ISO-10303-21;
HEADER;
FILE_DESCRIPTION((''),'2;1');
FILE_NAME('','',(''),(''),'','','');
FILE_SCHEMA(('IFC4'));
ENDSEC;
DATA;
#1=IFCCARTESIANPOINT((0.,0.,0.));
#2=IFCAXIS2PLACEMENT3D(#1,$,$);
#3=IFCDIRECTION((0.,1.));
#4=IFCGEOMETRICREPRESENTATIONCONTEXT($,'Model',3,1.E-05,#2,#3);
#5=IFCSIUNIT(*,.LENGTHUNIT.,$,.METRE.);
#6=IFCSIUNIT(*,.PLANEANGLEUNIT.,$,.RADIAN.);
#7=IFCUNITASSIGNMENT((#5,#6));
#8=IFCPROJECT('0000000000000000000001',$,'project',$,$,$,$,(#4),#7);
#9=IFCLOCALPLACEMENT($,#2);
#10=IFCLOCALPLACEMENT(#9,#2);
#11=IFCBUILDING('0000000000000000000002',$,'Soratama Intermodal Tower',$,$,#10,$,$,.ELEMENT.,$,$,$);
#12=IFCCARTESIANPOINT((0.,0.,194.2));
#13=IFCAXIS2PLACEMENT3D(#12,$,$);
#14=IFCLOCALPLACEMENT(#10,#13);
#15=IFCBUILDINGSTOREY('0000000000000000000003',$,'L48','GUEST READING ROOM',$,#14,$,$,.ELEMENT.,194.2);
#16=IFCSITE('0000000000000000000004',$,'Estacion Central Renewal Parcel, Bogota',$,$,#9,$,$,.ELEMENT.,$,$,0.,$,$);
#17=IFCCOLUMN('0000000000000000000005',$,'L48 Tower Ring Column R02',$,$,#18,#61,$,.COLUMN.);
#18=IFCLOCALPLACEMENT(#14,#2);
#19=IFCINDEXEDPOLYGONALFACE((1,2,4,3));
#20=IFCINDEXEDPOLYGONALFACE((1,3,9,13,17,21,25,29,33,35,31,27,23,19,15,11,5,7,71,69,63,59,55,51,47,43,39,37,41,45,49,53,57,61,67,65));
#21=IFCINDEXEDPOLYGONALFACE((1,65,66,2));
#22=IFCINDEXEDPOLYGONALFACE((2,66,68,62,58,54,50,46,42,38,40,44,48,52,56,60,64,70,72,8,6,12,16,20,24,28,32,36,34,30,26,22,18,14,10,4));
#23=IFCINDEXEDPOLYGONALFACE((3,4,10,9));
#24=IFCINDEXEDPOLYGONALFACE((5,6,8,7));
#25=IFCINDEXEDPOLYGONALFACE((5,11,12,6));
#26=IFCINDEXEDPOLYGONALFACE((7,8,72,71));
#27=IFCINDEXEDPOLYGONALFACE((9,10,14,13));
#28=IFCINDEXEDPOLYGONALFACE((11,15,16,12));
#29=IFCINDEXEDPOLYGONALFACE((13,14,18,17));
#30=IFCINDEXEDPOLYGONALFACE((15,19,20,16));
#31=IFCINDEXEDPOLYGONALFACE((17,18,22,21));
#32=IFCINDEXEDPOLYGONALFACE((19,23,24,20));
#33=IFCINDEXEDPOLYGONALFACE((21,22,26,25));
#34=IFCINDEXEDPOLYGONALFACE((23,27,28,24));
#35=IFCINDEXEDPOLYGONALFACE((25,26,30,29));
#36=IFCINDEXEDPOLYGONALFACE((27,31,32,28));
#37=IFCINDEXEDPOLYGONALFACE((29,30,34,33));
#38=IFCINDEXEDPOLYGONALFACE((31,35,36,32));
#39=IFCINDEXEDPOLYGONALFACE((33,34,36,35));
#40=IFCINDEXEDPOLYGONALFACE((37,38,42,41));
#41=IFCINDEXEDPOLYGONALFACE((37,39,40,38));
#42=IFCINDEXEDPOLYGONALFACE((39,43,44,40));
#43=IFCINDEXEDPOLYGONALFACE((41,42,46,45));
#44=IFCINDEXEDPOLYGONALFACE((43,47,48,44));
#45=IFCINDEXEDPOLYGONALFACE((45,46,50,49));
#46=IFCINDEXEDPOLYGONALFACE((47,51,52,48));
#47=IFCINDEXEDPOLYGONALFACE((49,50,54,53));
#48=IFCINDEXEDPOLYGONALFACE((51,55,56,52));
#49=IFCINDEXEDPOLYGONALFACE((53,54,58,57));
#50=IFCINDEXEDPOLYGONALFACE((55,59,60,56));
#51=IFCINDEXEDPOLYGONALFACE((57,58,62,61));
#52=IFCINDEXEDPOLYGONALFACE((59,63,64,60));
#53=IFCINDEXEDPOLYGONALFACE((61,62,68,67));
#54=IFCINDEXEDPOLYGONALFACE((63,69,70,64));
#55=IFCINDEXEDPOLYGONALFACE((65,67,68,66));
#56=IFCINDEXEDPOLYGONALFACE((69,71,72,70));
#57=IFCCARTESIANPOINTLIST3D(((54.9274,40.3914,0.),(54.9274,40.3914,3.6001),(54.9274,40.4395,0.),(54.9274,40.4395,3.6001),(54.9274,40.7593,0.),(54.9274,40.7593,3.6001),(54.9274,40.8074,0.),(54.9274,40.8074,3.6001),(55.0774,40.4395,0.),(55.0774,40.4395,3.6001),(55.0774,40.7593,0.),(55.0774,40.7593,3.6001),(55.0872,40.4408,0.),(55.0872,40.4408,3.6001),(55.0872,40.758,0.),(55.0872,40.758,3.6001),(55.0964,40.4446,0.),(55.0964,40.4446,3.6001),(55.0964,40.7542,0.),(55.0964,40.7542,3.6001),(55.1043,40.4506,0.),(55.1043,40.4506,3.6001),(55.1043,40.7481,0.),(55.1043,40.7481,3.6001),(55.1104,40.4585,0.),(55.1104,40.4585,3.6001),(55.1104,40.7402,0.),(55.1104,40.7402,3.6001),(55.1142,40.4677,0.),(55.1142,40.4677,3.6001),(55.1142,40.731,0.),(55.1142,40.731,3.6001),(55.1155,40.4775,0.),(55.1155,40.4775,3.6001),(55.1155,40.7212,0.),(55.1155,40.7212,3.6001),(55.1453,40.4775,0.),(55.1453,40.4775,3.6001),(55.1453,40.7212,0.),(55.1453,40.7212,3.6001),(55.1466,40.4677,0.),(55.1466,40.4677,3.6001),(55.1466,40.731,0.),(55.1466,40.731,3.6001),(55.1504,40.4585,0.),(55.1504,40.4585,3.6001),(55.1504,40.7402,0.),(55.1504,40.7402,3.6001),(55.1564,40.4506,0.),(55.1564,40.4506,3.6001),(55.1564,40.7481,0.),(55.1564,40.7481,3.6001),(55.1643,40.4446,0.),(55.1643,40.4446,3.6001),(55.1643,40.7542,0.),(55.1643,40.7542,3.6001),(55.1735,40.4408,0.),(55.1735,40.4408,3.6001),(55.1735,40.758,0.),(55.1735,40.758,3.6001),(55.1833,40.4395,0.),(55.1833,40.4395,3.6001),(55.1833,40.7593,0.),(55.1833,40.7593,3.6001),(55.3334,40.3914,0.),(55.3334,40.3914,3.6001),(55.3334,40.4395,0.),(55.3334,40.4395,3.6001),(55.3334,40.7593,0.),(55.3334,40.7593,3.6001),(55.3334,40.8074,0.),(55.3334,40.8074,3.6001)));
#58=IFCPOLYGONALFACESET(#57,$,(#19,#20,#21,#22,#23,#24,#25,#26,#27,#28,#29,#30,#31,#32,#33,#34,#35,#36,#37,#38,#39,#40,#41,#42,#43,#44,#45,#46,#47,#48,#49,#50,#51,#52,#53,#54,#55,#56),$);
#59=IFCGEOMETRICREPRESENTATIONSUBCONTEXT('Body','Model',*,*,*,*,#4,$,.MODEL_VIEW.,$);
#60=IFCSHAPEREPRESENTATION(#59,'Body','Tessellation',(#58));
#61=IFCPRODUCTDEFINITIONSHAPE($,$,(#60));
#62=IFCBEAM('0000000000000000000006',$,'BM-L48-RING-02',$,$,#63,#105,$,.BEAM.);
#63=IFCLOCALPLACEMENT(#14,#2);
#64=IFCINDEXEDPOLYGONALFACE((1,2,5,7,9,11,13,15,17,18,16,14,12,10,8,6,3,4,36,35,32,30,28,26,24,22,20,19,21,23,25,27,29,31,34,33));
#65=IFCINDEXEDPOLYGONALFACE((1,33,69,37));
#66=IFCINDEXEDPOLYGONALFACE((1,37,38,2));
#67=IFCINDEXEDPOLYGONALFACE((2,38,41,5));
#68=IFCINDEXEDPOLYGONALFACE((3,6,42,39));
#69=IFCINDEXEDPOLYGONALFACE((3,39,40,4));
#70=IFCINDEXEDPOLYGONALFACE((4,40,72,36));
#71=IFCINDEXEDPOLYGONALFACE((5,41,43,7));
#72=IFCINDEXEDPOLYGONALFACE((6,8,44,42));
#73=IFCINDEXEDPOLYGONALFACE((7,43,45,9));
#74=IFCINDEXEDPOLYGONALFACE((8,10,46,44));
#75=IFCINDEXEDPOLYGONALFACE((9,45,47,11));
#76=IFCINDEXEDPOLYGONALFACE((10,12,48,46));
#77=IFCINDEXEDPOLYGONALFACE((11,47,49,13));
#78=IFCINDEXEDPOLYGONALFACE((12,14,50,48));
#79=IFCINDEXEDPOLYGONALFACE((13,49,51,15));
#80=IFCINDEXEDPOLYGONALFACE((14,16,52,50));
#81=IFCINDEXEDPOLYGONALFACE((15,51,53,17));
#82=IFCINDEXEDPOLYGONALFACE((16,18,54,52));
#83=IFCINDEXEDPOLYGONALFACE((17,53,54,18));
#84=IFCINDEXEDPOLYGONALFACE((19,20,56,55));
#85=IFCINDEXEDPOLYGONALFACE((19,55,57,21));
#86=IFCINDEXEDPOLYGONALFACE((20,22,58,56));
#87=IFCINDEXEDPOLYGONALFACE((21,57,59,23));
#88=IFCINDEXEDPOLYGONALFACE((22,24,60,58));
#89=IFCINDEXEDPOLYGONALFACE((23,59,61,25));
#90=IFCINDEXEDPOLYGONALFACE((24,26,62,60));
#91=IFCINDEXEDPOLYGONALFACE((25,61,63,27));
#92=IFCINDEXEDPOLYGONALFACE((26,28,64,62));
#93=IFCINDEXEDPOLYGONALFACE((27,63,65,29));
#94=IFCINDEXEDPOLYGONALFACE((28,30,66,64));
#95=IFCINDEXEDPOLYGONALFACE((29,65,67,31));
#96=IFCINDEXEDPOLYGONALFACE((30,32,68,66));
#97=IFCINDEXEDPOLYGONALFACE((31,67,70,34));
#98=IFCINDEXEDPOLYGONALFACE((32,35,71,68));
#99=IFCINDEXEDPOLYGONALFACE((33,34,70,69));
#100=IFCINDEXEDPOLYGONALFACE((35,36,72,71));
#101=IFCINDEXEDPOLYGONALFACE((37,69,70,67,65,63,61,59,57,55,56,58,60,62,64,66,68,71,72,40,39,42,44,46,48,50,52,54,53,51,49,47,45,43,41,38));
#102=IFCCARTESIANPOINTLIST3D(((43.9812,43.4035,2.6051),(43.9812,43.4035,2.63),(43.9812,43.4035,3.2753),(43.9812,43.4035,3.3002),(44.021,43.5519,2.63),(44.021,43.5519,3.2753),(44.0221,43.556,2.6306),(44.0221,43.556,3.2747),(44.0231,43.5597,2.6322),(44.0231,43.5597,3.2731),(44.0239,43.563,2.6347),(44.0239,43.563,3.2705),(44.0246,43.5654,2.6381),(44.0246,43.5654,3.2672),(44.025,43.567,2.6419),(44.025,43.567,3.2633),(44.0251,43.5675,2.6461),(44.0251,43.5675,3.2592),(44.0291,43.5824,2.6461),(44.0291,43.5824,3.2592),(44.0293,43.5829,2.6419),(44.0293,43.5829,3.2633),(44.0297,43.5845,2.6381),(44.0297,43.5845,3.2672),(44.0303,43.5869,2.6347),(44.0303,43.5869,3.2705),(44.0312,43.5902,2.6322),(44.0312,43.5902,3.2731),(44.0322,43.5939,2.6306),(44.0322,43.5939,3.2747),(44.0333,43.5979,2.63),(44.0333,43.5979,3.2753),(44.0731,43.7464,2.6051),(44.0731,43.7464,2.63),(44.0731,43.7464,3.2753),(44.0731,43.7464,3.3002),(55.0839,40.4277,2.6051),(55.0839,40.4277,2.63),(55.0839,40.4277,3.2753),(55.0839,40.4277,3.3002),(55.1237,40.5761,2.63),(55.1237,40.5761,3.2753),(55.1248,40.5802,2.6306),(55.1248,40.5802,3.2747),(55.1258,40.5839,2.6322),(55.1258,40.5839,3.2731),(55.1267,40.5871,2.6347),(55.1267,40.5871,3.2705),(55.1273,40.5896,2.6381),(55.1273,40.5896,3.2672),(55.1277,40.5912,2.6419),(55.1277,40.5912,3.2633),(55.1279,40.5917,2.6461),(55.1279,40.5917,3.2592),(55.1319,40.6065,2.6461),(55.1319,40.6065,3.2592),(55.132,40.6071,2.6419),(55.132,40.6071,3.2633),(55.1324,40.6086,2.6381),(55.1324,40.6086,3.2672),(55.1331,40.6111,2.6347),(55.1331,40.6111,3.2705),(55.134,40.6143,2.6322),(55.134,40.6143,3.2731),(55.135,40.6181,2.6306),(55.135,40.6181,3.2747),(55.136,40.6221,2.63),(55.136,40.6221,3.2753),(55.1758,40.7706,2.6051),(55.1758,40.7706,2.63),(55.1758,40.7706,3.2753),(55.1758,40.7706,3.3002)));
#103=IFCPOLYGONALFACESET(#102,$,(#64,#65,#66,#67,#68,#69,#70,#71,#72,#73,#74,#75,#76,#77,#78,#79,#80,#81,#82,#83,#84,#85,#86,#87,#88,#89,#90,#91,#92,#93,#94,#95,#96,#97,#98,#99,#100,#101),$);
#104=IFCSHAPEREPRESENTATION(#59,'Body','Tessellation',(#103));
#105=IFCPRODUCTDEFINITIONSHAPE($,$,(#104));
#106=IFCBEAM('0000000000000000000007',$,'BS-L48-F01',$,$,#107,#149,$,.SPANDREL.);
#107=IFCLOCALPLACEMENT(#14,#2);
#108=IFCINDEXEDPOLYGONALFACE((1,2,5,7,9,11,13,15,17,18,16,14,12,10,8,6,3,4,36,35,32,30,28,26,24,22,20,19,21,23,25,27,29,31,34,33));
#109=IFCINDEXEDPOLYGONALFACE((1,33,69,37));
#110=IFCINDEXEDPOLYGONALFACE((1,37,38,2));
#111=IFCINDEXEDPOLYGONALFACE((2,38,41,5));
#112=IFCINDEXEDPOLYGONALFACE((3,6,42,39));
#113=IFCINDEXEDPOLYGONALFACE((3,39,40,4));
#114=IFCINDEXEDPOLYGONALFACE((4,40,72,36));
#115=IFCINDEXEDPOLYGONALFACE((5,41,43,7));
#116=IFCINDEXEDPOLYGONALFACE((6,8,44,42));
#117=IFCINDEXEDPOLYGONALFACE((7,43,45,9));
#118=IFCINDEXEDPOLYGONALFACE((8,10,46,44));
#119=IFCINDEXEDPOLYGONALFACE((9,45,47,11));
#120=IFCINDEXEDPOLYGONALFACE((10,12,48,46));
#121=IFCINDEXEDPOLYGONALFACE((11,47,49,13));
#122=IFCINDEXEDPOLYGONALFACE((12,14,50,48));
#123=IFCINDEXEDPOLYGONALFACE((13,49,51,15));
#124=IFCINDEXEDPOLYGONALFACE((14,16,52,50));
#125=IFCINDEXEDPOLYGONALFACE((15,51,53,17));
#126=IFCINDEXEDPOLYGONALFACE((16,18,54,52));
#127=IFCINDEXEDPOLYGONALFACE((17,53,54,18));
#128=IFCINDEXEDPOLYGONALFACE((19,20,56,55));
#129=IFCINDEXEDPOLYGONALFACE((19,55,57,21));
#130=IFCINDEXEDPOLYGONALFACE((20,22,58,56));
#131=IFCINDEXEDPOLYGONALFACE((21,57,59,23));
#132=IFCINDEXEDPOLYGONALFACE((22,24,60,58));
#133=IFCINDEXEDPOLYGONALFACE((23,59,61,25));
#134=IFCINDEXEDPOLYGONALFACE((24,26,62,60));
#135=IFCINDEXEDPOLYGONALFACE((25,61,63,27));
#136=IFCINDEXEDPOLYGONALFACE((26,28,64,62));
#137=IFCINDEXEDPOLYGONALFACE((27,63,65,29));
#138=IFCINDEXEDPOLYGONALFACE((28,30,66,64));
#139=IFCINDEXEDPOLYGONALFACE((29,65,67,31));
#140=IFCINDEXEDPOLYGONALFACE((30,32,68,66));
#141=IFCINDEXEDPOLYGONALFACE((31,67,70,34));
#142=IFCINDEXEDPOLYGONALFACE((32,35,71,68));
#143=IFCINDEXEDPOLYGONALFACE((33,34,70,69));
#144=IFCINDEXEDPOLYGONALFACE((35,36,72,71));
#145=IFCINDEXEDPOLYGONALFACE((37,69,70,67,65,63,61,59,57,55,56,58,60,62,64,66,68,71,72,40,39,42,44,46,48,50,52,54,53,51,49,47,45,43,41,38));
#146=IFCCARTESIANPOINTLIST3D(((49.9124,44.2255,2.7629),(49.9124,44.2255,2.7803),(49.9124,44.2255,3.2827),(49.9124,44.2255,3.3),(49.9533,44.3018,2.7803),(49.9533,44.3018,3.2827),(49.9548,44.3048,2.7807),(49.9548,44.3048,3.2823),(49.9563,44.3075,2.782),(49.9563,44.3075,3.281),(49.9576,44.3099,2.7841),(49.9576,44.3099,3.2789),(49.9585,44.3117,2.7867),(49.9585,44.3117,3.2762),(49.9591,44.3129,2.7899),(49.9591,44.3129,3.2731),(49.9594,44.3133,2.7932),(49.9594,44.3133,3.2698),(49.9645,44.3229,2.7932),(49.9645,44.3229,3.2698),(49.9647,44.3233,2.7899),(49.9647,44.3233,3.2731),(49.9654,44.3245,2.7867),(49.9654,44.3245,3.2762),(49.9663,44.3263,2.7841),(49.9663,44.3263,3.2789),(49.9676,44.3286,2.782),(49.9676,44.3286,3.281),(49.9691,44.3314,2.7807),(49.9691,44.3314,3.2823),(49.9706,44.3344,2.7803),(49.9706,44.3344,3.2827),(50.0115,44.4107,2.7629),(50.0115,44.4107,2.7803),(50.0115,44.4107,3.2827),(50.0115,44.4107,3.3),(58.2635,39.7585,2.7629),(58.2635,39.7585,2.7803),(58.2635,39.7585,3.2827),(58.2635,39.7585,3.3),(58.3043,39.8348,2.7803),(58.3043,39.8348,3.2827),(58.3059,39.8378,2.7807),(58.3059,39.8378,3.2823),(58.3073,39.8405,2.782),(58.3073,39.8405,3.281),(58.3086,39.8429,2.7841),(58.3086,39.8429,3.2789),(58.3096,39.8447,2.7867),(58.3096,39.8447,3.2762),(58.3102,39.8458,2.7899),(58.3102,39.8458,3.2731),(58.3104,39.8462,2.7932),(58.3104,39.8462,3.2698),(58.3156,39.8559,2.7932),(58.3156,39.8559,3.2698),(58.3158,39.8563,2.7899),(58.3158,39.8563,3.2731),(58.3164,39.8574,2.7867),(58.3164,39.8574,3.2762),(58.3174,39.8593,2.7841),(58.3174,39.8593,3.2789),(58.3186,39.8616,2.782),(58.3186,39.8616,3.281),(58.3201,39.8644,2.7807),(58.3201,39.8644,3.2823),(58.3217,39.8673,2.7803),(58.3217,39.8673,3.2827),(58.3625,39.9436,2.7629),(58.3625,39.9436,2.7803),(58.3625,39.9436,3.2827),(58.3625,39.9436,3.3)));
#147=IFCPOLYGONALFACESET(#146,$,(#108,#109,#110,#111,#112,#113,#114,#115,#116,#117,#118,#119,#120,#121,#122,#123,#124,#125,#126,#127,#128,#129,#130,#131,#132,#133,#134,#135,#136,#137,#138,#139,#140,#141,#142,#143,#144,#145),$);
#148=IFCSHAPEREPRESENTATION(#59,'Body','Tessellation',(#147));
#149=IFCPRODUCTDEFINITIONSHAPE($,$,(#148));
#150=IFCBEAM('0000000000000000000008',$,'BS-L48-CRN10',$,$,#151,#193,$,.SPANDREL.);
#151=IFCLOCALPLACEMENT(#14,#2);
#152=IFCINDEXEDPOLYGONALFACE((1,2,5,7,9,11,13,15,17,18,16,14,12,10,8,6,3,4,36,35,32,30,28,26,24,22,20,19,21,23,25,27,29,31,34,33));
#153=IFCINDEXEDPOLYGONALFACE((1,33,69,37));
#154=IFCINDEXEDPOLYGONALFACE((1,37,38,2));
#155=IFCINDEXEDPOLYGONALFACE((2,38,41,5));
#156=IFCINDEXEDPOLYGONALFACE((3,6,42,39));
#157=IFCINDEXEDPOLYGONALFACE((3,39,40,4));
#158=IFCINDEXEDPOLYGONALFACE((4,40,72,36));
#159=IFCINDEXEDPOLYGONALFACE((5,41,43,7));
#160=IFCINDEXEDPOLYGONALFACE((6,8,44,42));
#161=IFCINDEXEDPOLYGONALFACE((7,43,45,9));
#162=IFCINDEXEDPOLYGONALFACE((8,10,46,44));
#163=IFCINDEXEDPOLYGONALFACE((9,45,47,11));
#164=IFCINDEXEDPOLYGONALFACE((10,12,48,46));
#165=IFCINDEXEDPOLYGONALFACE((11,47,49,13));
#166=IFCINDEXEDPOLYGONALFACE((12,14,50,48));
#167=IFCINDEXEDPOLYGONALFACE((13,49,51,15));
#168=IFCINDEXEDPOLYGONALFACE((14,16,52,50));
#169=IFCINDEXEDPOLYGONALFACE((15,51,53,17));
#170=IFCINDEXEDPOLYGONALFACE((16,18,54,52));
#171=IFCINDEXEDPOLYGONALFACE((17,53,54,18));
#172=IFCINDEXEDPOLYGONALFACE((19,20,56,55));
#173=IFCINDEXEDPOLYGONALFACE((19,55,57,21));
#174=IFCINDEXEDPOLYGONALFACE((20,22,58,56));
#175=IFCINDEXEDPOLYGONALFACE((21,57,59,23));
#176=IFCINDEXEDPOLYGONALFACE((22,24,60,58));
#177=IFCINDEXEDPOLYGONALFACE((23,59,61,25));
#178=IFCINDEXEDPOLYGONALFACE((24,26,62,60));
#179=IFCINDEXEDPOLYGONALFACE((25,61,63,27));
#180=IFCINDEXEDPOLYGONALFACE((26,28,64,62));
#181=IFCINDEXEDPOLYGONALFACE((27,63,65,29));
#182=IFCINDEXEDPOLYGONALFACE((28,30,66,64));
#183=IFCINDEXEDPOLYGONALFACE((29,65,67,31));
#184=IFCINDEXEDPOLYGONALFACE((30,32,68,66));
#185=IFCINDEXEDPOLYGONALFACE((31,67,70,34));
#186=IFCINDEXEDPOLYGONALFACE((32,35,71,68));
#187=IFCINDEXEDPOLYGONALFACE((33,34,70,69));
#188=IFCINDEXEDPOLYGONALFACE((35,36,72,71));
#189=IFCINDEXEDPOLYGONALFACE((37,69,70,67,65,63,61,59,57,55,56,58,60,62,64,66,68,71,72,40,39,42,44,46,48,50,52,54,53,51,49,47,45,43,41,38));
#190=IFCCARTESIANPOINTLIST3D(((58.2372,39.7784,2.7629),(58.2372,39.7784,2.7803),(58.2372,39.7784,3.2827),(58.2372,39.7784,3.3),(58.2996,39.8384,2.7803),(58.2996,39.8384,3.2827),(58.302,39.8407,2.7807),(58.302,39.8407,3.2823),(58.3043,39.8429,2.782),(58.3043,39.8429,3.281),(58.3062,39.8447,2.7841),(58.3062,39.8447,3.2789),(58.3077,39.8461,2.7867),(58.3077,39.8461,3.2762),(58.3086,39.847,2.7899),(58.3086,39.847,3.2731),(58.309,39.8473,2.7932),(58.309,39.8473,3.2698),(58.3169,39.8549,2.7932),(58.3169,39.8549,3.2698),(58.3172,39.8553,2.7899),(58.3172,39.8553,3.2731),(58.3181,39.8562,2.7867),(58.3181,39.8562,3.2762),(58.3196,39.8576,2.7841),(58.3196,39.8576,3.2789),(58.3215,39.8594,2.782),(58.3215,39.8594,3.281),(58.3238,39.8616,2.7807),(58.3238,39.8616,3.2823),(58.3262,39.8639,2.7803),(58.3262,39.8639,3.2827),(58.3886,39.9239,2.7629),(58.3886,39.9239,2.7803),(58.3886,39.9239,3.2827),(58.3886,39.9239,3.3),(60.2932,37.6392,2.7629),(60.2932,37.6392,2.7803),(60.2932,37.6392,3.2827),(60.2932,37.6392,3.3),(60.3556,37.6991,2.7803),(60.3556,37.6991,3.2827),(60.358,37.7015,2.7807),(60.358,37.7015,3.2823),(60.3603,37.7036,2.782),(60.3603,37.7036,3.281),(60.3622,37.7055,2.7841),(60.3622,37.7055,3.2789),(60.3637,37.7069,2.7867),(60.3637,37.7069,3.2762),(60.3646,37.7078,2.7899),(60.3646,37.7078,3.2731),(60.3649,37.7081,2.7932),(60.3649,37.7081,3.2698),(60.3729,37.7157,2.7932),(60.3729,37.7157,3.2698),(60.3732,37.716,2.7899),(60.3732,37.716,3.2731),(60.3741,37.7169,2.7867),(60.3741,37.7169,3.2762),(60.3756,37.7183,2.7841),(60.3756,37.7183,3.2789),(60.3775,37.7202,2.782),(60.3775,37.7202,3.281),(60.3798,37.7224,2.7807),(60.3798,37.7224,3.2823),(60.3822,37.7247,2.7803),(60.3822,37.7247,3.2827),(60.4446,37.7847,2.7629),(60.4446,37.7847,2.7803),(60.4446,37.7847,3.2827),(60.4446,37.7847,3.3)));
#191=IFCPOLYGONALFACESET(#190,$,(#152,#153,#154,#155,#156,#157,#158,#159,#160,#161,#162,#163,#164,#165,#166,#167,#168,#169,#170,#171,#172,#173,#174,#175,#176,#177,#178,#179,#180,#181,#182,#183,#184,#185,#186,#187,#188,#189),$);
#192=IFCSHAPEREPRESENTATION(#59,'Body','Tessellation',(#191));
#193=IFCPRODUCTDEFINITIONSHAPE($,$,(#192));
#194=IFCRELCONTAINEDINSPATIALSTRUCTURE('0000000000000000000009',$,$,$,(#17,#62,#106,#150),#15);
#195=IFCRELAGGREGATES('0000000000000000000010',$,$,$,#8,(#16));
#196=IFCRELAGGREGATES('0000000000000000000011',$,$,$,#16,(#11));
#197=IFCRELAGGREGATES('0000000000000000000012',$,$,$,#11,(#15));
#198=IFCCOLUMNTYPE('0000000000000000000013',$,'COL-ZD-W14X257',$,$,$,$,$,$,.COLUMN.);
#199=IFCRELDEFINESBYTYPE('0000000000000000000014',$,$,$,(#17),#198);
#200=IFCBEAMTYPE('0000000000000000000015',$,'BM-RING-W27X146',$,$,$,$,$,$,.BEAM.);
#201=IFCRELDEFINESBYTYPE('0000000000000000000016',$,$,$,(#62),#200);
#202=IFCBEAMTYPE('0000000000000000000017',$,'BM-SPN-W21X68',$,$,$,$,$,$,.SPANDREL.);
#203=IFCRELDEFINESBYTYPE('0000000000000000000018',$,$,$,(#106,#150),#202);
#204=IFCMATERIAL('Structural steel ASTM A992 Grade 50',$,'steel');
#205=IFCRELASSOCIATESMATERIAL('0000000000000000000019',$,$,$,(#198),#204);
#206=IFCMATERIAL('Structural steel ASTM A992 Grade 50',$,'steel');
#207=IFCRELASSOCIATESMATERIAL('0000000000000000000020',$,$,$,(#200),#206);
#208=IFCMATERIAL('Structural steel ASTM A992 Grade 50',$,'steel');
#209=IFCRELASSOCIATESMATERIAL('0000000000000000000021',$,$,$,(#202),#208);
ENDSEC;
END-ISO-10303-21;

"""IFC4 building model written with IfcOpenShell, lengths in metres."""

from ifc_helpers import new_model, si_unit, direction, frame, origin, origin_2d, place, context, subcontext, project, spatial, i_section, extrude, material, material_profile, profile_set, type_object, element, save


model = new_model("IFC4")

# Units and contexts
model_context = context("Model", 3, precision=1e-05, world=origin(), true_north=direction((0.0, 1.0)))
body_context = subcontext(model_context, "Body", "Model", "MODEL_VIEW")
ifc_project = project(units=[si_unit("LENGTHUNIT", "METRE"), si_unit("PLANEANGLEUNIT", "RADIAN")], contexts=[model_context])

# Site, building, storey
site_placement = place(None, origin())
site = spatial("IfcSite", under=ifc_project, at=site_placement, Name="Estacion Central Renewal Parcel, Bogota", CompositionType="ELEMENT", RefElevation=0.0)
building_placement = place(site_placement, origin())
building = spatial("IfcBuilding", under=site, at=building_placement, Name="Soratama Intermodal Tower", CompositionType="ELEMENT")
storey_placement = place(building_placement, frame((0.0, 0.0, 194.2)))
storey = spatial("IfcBuildingStorey", under=building, at=storey_placement, Name="L48", Description="GUEST READING ROOM", CompositionType="ELEMENT", Elevation=194.2)

# Column
ifc_material_1 = material(Name="Structural steel ASTM A992 Grade 50", Category="steel")
ifc_material_profile_1 = material_profile(ifc_material_1, i_section(OverallWidth=0.406, OverallDepth=0.416, WebThickness=0.0298, FlangeThickness=0.0481, FilletRadius=0.0381, at=origin_2d()), Name="W14X257")
ifc_profile_set_1 = profile_set([ifc_material_profile_1], Name="Structural steel ASTM A992 Grade 50")
column_type = type_object("IfcColumnType", Name="COL-ZD-W14X257", PredefinedType="COLUMN", material=ifc_profile_set_1)
column_placement = place(storey_placement, frame((55.1304, 40.5994, 0.0), z_axis=(0.0, 0.0, 1.0), x_axis=(1.0, 0.0, 0.0)))
element("IfcColumn", 1, at=column_placement, inside=storey, type_object=column_type, Name="L48 Tower Ring Column R02", PredefinedType="COLUMN", context=body_context, shape_type="SweptSolid", body=[
    extrude(i_section(OverallWidth=0.406, OverallDepth=0.416, WebThickness=0.0298, FlangeThickness=0.0481, FilletRadius=0.0381, at=origin_2d()), origin(), (0.0, 0.0, 1.0), 3.6001),
])

# Beams
ifc_material_2 = material(Name="Structural steel ASTM A992 Grade 50", Category="steel")
ifc_material_profile_2 = material_profile(ifc_material_2, i_section(OverallWidth=0.355, OverallDepth=0.6951, WebThickness=0.0154, FlangeThickness=0.0249, FilletRadius=0.0161, at=origin_2d()), Name="W27X146")
ifc_profile_set_2 = profile_set([ifc_material_profile_2], Name="Structural steel ASTM A992 Grade 50")
beam_type_1 = type_object("IfcBeamType", Name="BM-RING-W27X146", PredefinedType="BEAM", material=ifc_profile_set_2)
beam_1_placement = place(storey_placement, frame((55.1299, 40.5991, 2.9526), z_axis=(-0.965907, 0.258888, 0.0), x_axis=(-0.258888, -0.965907, 0.0)))
element("IfcBeam", 2, at=beam_1_placement, inside=storey, type_object=beam_type_1, Name="BM-L48-RING-02", PredefinedType="BEAM", context=body_context, shape_type="SweptSolid", body=[
    extrude(i_section(OverallWidth=0.355, OverallDepth=0.6951, WebThickness=0.0154, FlangeThickness=0.0249, FilletRadius=0.0161, at=origin_2d()), origin(), (0.0, 0.0, 1.0), 11.4946),
])
ifc_material_3 = material(Name="Structural steel ASTM A992 Grade 50", Category="steel")
ifc_material_profile_3 = material_profile(ifc_material_3, i_section(OverallWidth=0.21, OverallDepth=0.5371, WebThickness=0.011, FlangeThickness=0.0173, FilletRadius=0.0129, at=origin_2d()), Name="W21X68")
ifc_profile_set_3 = profile_set([ifc_material_profile_3], Name="Structural steel ASTM A992 Grade 50")
beam_type_2 = type_object("IfcBeamType", Name="BM-SPN-W21X68", PredefinedType="SPANDREL", material=ifc_profile_set_3)
beam_2_placement = place(storey_placement, frame((58.313, 39.8511, 3.0315), z_axis=(-0.881776, 0.471668, 0.0), x_axis=(-0.471668, -0.881776, 0.0)))
element("IfcBeam", 3, at=beam_2_placement, inside=storey, type_object=beam_type_2, Name="BS-L48-F01", PredefinedType="SPANDREL", context=body_context, shape_type="SweptSolid", body=[
    extrude(i_section(OverallWidth=0.21, OverallDepth=0.5371, WebThickness=0.011, FlangeThickness=0.0173, FilletRadius=0.0129, at=origin_2d()), origin(), (0.0, 0.0, 1.0), 9.4707),
])
beam_3_placement = place(storey_placement, frame((60.3689, 37.7119, 3.0315), z_axis=(-0.692938, 0.720997, 0.0), x_axis=(-0.720997, -0.692938, 0.0)))
element("IfcBeam", 4, at=beam_3_placement, inside=storey, type_object=beam_type_2, Name="BS-L48-CRN10", PredefinedType="SPANDREL", context=body_context, shape_type="SweptSolid", body=[
    extrude(i_section(OverallWidth=0.21, OverallDepth=0.5371, WebThickness=0.011, FlangeThickness=0.0173, FilletRadius=0.0129, at=origin_2d()), origin(), (0.0, 0.0, 1.0), 2.967),
])

save(model, "model.ifc")
